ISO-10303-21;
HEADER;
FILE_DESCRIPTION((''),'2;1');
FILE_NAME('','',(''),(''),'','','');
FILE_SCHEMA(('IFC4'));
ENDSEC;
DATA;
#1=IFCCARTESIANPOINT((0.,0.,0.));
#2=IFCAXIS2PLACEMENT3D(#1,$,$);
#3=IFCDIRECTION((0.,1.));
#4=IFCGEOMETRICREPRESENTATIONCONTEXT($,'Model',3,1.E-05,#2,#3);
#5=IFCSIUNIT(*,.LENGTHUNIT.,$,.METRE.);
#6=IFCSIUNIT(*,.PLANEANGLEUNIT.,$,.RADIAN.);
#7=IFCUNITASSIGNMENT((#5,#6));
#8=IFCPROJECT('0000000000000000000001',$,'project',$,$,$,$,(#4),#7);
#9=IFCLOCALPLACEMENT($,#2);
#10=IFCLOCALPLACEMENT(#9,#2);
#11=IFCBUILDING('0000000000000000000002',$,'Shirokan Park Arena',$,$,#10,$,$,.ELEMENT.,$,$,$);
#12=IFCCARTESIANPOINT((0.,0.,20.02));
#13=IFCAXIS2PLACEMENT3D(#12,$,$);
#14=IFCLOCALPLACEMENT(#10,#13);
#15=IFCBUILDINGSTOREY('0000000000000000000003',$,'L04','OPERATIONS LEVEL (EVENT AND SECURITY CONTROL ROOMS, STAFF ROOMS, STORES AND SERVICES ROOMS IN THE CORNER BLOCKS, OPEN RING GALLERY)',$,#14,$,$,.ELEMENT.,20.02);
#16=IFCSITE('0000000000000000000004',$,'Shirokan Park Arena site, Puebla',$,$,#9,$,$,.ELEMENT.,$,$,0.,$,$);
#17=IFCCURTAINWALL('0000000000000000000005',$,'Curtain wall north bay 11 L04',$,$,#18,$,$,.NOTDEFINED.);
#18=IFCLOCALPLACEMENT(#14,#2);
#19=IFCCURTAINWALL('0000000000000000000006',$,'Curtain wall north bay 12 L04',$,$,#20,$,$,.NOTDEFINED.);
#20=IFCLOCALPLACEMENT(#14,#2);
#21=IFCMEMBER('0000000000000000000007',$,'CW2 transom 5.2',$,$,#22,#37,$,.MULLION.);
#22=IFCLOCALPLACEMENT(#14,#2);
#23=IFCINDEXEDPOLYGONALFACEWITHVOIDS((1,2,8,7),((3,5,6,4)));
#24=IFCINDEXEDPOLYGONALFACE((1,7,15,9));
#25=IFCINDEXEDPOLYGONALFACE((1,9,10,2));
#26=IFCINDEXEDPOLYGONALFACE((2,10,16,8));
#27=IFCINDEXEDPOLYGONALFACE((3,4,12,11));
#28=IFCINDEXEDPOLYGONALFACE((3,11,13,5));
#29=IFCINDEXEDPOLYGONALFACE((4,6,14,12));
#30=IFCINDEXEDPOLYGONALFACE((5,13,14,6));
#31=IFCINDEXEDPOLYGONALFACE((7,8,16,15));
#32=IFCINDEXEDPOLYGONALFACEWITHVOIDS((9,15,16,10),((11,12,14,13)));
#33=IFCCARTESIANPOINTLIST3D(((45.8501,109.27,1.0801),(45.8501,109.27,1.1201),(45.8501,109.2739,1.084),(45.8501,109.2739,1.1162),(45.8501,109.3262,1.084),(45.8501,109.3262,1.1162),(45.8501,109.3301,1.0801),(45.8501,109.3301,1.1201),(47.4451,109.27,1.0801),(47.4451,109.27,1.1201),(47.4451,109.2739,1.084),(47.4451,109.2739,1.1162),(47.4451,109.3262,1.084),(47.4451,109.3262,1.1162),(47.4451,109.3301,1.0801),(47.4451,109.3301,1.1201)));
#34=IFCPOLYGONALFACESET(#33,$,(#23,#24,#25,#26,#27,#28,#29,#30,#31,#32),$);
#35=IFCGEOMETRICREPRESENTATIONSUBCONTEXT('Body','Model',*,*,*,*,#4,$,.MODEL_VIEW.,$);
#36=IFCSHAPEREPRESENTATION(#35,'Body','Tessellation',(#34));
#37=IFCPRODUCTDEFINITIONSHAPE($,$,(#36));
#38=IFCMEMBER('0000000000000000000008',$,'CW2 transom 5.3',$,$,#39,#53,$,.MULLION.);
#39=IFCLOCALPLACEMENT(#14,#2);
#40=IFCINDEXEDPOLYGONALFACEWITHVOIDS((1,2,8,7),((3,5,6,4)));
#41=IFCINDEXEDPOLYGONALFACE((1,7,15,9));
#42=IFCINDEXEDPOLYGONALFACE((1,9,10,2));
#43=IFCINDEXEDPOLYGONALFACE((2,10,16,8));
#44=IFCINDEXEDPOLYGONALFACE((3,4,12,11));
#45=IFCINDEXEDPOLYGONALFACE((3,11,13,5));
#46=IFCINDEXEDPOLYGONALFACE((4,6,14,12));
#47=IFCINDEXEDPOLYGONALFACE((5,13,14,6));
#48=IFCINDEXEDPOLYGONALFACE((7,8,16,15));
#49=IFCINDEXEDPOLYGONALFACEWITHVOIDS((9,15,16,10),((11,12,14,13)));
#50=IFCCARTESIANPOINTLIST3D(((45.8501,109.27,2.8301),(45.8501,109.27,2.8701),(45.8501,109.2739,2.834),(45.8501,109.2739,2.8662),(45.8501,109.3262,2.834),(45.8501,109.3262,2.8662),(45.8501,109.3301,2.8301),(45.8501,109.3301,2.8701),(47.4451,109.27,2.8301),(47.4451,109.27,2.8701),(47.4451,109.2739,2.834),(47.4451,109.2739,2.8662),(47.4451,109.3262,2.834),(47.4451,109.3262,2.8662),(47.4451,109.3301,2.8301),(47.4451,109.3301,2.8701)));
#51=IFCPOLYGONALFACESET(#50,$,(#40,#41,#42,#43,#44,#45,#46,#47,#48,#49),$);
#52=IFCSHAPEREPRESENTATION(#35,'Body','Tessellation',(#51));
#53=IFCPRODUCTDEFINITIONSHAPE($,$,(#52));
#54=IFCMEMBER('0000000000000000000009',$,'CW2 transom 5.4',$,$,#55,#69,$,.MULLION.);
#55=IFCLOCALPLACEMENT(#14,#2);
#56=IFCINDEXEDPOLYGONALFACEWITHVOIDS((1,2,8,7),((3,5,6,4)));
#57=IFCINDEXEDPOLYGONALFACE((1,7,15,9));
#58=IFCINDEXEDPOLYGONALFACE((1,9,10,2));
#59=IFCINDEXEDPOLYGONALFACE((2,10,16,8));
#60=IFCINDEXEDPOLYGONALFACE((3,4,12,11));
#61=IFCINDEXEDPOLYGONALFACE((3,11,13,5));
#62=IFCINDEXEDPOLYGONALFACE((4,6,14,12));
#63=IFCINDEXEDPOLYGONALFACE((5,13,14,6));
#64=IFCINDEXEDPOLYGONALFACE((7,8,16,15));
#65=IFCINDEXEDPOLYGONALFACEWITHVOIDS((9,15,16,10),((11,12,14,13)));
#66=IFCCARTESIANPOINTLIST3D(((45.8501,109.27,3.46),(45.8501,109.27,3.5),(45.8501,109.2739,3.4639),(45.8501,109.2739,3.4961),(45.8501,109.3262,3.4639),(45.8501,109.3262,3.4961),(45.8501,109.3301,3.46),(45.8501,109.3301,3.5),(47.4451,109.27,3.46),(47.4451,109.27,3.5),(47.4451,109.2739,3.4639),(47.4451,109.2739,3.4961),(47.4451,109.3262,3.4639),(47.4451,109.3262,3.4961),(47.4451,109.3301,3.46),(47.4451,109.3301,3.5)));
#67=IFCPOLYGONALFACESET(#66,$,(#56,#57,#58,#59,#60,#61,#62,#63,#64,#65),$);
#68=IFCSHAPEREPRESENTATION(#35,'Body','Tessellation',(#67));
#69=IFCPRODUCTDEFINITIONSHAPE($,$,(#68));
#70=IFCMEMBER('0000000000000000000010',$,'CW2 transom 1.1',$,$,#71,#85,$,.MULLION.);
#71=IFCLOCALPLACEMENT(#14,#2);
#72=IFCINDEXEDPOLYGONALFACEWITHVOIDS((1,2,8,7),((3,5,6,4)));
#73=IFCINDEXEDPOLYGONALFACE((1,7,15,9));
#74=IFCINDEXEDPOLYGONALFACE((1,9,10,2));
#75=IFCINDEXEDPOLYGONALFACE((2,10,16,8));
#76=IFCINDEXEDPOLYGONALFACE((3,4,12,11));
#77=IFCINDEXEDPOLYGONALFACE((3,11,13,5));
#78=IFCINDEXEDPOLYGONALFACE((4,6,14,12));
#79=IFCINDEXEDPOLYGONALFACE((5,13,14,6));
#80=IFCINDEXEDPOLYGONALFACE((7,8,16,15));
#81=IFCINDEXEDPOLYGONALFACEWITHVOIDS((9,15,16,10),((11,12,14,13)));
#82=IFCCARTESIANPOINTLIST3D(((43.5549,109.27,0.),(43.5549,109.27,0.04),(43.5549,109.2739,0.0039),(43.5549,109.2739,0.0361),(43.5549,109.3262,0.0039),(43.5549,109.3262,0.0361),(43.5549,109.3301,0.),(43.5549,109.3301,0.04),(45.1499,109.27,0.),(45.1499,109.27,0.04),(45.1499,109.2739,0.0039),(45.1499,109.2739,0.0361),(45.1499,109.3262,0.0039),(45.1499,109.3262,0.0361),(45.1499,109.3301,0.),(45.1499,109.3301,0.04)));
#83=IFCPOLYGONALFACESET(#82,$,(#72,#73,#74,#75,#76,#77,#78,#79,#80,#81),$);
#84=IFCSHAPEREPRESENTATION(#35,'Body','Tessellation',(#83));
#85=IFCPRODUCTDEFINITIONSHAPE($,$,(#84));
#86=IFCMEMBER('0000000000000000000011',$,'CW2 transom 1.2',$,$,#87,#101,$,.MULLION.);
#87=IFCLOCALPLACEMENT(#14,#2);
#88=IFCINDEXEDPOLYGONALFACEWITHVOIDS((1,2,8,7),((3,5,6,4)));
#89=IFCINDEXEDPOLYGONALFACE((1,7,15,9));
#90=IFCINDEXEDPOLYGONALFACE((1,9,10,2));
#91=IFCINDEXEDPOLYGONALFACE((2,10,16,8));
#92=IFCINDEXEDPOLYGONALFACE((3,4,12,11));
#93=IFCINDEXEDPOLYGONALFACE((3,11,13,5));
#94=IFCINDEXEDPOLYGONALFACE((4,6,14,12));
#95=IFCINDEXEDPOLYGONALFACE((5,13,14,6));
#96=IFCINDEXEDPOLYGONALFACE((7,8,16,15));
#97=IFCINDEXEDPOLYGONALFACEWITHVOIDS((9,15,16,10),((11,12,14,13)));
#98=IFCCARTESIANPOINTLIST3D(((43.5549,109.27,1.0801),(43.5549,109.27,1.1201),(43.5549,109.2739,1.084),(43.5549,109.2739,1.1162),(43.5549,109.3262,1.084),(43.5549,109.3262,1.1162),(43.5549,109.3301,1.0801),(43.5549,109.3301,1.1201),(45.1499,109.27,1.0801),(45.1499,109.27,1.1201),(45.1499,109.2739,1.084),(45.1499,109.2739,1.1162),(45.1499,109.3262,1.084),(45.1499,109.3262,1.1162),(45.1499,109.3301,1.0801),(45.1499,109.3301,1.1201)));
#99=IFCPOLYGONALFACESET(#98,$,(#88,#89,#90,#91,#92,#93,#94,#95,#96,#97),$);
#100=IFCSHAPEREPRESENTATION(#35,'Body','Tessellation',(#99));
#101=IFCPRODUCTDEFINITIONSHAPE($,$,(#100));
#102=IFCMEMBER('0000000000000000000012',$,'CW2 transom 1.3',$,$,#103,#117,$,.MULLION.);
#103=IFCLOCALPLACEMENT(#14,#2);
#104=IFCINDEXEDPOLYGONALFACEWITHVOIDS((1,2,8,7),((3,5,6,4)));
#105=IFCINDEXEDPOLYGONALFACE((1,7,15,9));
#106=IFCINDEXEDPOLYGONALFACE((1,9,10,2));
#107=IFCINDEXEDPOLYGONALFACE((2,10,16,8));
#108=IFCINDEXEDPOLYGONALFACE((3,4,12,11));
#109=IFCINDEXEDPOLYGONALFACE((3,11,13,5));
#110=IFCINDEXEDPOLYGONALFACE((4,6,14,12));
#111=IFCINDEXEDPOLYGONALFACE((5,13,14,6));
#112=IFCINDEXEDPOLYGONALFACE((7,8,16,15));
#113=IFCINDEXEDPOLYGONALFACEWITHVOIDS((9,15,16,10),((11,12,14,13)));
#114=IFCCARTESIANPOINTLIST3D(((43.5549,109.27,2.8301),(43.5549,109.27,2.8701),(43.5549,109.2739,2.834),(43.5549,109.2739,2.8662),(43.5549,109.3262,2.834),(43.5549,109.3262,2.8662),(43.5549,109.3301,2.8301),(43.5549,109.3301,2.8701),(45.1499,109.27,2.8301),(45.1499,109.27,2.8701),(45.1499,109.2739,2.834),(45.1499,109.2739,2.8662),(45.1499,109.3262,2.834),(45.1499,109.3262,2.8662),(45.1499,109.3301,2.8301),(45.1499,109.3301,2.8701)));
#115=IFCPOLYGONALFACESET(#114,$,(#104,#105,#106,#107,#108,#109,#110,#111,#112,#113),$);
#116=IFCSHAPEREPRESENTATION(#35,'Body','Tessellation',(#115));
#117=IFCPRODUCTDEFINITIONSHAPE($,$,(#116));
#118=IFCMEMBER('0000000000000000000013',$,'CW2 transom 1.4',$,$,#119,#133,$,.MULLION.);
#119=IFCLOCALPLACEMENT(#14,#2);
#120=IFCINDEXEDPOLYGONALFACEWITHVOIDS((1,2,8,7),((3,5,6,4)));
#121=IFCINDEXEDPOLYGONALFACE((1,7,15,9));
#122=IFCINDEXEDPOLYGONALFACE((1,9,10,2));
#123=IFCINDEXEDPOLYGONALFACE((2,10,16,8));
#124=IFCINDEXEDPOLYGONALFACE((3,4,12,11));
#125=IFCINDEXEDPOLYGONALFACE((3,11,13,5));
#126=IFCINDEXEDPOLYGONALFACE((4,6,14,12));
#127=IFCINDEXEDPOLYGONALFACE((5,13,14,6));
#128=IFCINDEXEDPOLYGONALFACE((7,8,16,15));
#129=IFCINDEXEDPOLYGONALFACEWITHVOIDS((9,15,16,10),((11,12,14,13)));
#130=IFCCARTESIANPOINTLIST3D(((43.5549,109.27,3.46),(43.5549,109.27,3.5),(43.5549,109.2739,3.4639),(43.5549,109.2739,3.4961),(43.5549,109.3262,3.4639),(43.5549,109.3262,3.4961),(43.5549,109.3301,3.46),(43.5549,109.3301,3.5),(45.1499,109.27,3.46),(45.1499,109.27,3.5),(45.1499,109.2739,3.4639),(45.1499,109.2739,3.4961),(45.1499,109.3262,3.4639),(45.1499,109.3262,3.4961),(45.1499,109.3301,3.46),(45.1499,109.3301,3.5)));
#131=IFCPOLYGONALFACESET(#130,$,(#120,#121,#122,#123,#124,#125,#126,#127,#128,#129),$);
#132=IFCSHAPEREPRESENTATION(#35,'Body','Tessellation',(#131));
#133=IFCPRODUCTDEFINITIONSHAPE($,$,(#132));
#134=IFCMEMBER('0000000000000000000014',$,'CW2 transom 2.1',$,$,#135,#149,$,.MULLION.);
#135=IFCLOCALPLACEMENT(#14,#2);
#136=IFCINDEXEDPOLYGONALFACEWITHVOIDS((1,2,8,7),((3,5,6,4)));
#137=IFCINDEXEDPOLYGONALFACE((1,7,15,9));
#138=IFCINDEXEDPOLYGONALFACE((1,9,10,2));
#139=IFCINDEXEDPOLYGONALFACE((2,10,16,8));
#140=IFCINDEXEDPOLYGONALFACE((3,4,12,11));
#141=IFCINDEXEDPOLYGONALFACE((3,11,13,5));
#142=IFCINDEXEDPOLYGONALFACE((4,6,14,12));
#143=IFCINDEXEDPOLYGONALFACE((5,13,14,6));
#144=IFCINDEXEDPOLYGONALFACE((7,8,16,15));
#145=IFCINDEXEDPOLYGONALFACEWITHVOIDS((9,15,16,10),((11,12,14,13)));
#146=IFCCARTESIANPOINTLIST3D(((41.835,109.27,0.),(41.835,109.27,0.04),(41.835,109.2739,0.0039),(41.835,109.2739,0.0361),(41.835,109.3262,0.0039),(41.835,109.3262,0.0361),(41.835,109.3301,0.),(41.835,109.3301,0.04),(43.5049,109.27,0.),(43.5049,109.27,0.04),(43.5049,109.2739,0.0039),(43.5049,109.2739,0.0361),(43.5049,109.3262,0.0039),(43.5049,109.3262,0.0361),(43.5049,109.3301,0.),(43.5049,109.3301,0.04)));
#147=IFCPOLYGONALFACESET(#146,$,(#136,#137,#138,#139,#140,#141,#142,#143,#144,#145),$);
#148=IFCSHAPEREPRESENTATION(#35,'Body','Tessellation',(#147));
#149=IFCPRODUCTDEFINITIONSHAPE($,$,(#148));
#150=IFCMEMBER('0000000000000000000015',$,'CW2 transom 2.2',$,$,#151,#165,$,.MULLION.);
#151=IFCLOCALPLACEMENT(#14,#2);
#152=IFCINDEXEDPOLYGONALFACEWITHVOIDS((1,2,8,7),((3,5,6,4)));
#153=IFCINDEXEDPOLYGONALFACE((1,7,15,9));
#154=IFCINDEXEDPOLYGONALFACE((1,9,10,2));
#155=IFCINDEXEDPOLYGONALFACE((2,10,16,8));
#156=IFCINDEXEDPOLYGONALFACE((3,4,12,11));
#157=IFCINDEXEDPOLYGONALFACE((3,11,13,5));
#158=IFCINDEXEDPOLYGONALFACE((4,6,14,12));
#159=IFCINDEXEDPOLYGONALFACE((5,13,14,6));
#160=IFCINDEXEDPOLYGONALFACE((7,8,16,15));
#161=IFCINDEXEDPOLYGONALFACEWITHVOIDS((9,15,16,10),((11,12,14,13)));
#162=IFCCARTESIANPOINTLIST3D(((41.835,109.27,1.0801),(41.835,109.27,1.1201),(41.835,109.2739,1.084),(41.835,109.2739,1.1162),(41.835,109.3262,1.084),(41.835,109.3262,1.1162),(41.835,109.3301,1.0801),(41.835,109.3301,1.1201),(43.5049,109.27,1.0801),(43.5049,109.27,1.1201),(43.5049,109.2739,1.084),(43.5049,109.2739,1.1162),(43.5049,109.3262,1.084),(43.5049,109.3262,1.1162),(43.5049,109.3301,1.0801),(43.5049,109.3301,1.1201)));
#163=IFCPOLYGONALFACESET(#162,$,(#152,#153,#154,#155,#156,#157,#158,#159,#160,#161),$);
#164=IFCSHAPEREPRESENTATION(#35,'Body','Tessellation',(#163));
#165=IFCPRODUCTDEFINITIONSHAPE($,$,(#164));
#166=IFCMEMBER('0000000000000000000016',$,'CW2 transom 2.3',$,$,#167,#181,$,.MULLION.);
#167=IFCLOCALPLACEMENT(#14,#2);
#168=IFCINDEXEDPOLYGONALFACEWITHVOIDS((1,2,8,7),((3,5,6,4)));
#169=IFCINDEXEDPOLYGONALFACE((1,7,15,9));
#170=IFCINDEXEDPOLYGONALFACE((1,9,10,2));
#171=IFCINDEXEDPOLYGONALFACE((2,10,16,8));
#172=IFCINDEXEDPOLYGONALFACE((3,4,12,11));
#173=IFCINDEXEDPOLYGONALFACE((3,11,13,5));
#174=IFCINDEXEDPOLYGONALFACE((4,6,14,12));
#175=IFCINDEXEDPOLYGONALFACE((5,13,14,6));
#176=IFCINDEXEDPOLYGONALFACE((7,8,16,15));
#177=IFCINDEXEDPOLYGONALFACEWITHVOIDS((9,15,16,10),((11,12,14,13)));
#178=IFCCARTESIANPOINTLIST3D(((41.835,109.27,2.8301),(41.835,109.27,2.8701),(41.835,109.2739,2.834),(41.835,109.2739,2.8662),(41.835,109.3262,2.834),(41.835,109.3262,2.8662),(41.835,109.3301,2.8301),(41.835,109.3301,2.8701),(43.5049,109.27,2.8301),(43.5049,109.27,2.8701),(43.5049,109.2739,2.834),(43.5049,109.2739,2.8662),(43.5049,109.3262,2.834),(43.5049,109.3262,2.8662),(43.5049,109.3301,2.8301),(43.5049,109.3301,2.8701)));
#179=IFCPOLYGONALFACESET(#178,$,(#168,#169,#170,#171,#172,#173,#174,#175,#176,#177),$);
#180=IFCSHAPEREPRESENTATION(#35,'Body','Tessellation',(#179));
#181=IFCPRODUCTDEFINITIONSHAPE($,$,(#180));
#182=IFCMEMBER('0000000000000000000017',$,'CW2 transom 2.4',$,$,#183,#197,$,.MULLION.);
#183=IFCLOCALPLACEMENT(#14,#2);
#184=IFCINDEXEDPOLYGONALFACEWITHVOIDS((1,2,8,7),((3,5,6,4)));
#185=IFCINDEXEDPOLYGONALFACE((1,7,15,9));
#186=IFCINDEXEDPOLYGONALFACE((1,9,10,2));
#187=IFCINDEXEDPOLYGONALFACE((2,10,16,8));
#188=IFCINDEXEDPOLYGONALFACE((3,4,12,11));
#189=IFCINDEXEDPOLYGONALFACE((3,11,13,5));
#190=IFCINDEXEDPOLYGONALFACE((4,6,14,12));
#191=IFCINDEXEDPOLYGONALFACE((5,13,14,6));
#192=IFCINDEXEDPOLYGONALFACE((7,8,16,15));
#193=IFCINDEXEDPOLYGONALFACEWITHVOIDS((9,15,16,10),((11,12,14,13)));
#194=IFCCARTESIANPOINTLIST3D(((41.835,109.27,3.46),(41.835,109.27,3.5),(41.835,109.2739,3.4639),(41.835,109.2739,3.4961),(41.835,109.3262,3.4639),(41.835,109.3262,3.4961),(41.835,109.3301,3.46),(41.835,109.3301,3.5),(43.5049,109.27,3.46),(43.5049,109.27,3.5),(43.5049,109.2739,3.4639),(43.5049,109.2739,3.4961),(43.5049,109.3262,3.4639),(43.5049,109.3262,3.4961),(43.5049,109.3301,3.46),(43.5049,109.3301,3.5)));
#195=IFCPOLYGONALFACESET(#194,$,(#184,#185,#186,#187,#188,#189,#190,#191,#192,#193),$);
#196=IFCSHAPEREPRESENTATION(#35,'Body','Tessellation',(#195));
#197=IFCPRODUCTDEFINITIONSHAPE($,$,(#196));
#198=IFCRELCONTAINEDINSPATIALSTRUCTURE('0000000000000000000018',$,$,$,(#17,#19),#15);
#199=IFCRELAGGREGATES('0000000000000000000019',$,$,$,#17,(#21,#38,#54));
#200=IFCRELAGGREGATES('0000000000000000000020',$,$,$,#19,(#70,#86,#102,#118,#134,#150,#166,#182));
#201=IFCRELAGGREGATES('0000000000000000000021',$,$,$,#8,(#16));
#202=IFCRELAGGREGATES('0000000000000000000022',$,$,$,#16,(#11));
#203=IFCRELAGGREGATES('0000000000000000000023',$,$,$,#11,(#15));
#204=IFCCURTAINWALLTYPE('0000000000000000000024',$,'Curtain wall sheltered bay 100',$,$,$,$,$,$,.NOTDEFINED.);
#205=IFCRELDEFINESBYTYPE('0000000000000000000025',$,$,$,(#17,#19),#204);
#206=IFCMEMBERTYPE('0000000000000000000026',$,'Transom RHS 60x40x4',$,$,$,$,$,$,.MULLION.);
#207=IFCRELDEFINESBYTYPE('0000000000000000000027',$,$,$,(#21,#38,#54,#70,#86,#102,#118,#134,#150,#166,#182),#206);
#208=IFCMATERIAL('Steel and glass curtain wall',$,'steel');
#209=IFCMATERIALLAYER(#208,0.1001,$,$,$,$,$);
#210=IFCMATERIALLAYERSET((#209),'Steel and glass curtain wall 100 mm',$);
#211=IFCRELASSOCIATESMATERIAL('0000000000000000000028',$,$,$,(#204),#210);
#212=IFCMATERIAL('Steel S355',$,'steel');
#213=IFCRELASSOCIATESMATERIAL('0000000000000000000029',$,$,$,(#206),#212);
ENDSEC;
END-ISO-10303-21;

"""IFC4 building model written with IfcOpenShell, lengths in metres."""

from ifc_helpers import new_model, si_unit, direction, frame, origin, origin_2d, place, context, subcontext, project, spatial, hollow_rectangle, extrude, material, layer, layer_set, material_profile, profile_set, type_object, element, aggregate, save


model = new_model("IFC4")

# Units and contexts
model_context = context("Model", 3, precision=1e-05, world=origin(), true_north=direction((0.0, 1.0)))
body_context = subcontext(model_context, "Body", "Model", "MODEL_VIEW")
ifc_project = project(units=[si_unit("LENGTHUNIT", "METRE"), si_unit("PLANEANGLEUNIT", "RADIAN")], contexts=[model_context])

# Site, building, storey
site_placement = place(None, origin())
site = spatial("IfcSite", under=ifc_project, at=site_placement, Name="Shirokan Park Arena site, Puebla", CompositionType="ELEMENT", RefElevation=0.0)
building_placement = place(site_placement, origin())
building = spatial("IfcBuilding", under=site, at=building_placement, Name="Shirokan Park Arena", CompositionType="ELEMENT")
storey_placement = place(building_placement, frame((0.0, 0.0, 20.02)))
storey = spatial("IfcBuildingStorey", under=building, at=storey_placement, Name="L04", Description="OPERATIONS LEVEL (EVENT AND SECURITY CONTROL ROOMS, STAFF ROOMS, STORES AND SERVICES ROOMS IN THE CORNER BLOCKS, OPEN RING GALLERY)", CompositionType="ELEMENT", Elevation=20.02)

# Curtain walls
ifc_material_1 = material(Name="Steel and glass curtain wall", Category="steel")
ifc_layer_1 = layer(ifc_material_1, 0.1001)
ifc_layer_set_1 = layer_set([ifc_layer_1], Name="Steel and glass curtain wall 100 mm")
curtain_wall_type = type_object("IfcCurtainWallType", Name="Curtain wall sheltered bay 100", PredefinedType="NOTDEFINED", material=ifc_layer_set_1)
curtain_wall_1_placement = place(storey_placement, origin())
curtain_wall_1 = element("IfcCurtainWall", 1, at=curtain_wall_1_placement, inside=storey, type_object=curtain_wall_type, Name="Curtain wall north bay 11 L04", PredefinedType="NOTDEFINED")
ifc_material_2 = material(Name="Steel S355", Category="steel")
curtain_wall_2_placement = place(storey_placement, origin())
curtain_wall_2 = element("IfcCurtainWall", 2, at=curtain_wall_2_placement, inside=storey, type_object=curtain_wall_type, Name="Curtain wall north bay 12 L04", PredefinedType="NOTDEFINED")

# Members
ifc_material_profile_1 = material_profile(ifc_material_2, hollow_rectangle(XDim=0.0601, YDim=0.04, WallThickness=0.0039, at=origin_2d()), Name="RHS 60x40x4")
ifc_profile_set_1 = profile_set([ifc_material_profile_1], Name="Steel S355")
member_type_1 = type_object("IfcMemberType", Name="Transom RHS 60x40x4", PredefinedType="MULLION", material=ifc_profile_set_1)
member_1_placement = place(storey_placement, frame((47.4451, 109.3, 1.1001), z_axis=(-1.0, 0.0, 0.0), x_axis=(0.0, -1.0, 0.0)))
member_1 = element("IfcMember", 3, at=member_1_placement, type_object=member_type_1, Name="CW2 transom 5.2", PredefinedType="MULLION", context=body_context, shape_type="SweptSolid", body=[
    extrude(hollow_rectangle(XDim=0.0601, YDim=0.04, WallThickness=0.0039, at=origin_2d()), origin(), (0.0, 0.0, 1.0), 1.595),
])
member_2_placement = place(storey_placement, frame((47.4451, 109.3, 2.8501), z_axis=(-1.0, 0.0, 0.0), x_axis=(0.0, -1.0, 0.0)))
member_2 = element("IfcMember", 4, at=member_2_placement, type_object=member_type_1, Name="CW2 transom 5.3", PredefinedType="MULLION", context=body_context, shape_type="SweptSolid", body=[
    extrude(hollow_rectangle(XDim=0.0601, YDim=0.04, WallThickness=0.0039, at=origin_2d()), origin(), (0.0, 0.0, 1.0), 1.595),
])
member_3_placement = place(storey_placement, frame((47.4451, 109.3, 3.48), z_axis=(-1.0, 0.0, 0.0), x_axis=(0.0, -1.0, 0.0)))
member_3 = element("IfcMember", 5, at=member_3_placement, type_object=member_type_1, Name="CW2 transom 5.4", PredefinedType="MULLION", context=body_context, shape_type="SweptSolid", body=[
    extrude(hollow_rectangle(XDim=0.0601, YDim=0.04, WallThickness=0.0039, at=origin_2d()), origin(), (0.0, 0.0, 1.0), 1.595),
])
member_4_placement = place(storey_placement, frame((45.1499, 109.3, 0.02), z_axis=(-1.0, 0.0, 0.0), x_axis=(0.0, -1.0, 0.0)))
member_4 = element("IfcMember", 6, at=member_4_placement, type_object=member_type_1, Name="CW2 transom 1.1", PredefinedType="MULLION", context=body_context, shape_type="SweptSolid", body=[
    extrude(hollow_rectangle(XDim=0.0601, YDim=0.04, WallThickness=0.0039, at=origin_2d()), origin(), (0.0, 0.0, 1.0), 1.595),
])
member_5_placement = place(storey_placement, frame((45.1499, 109.3, 1.1001), z_axis=(-1.0, 0.0, 0.0), x_axis=(0.0, -1.0, 0.0)))
member_5 = element("IfcMember", 7, at=member_5_placement, type_object=member_type_1, Name="CW2 transom 1.2", PredefinedType="MULLION", context=body_context, shape_type="SweptSolid", body=[
    extrude(hollow_rectangle(XDim=0.0601, YDim=0.04, WallThickness=0.0039, at=origin_2d()), origin(), (0.0, 0.0, 1.0), 1.595),
])
member_6_placement = place(storey_placement, frame((45.1499, 109.3, 2.8501), z_axis=(-1.0, 0.0, 0.0), x_axis=(0.0, -1.0, 0.0)))
member_6 = element("IfcMember", 8, at=member_6_placement, type_object=member_type_1, Name="CW2 transom 1.3", PredefinedType="MULLION", context=body_context, shape_type="SweptSolid", body=[
    extrude(hollow_rectangle(XDim=0.0601, YDim=0.04, WallThickness=0.0039, at=origin_2d()), origin(), (0.0, 0.0, 1.0), 1.595),
])
member_7_placement = place(storey_placement, frame((45.1499, 109.3, 3.48), z_axis=(-1.0, 0.0, 0.0), x_axis=(0.0, -1.0, 0.0)))
member_7 = element("IfcMember", 9, at=member_7_placement, type_object=member_type_1, Name="CW2 transom 1.4", PredefinedType="MULLION", context=body_context, shape_type="SweptSolid", body=[
    extrude(hollow_rectangle(XDim=0.0601, YDim=0.04, WallThickness=0.0039, at=origin_2d()), origin(), (0.0, 0.0, 1.0), 1.595),
])
member_8_placement = place(storey_placement, frame((43.5049, 109.3, 0.02), z_axis=(-1.0, 0.0, 0.0), x_axis=(0.0, -1.0, 0.0)))
member_8 = element("IfcMember", 10, at=member_8_placement, type_object=member_type_1, Name="CW2 transom 2.1", PredefinedType="MULLION", context=body_context, shape_type="SweptSolid", body=[
    extrude(hollow_rectangle(XDim=0.0601, YDim=0.04, WallThickness=0.0039, at=origin_2d()), origin(), (0.0, 0.0, 1.0), 1.6699),
])
member_9_placement = place(storey_placement, frame((43.5049, 109.3, 1.1001), z_axis=(-1.0, 0.0, 0.0), x_axis=(0.0, -1.0, 0.0)))
member_9 = element("IfcMember", 11, at=member_9_placement, type_object=member_type_1, Name="CW2 transom 2.2", PredefinedType="MULLION", context=body_context, shape_type="SweptSolid", body=[
    extrude(hollow_rectangle(XDim=0.0601, YDim=0.04, WallThickness=0.0039, at=origin_2d()), origin(), (0.0, 0.0, 1.0), 1.6699),
])
member_10_placement = place(storey_placement, frame((43.5049, 109.3, 2.8501), z_axis=(-1.0, 0.0, 0.0), x_axis=(0.0, -1.0, 0.0)))
member_10 = element("IfcMember", 12, at=member_10_placement, type_object=member_type_1, Name="CW2 transom 2.3", PredefinedType="MULLION", context=body_context, shape_type="SweptSolid", body=[
    extrude(hollow_rectangle(XDim=0.0601, YDim=0.04, WallThickness=0.0039, at=origin_2d()), origin(), (0.0, 0.0, 1.0), 1.6699),
])
member_11_placement = place(storey_placement, frame((43.5049, 109.3, 3.48), z_axis=(-1.0, 0.0, 0.0), x_axis=(0.0, -1.0, 0.0)))
member_11 = element("IfcMember", 13, at=member_11_placement, type_object=member_type_1, Name="CW2 transom 2.4", PredefinedType="MULLION", context=body_context, shape_type="SweptSolid", body=[
    extrude(hollow_rectangle(XDim=0.0601, YDim=0.04, WallThickness=0.0039, at=origin_2d()), origin(), (0.0, 0.0, 1.0), 1.6699),
])

aggregate(curtain_wall_1, [member_1, member_2, member_3])
aggregate(curtain_wall_2, [member_4, member_5, member_6, member_7, member_8, member_9, member_10, member_11])

save(model, "model.ifc")
